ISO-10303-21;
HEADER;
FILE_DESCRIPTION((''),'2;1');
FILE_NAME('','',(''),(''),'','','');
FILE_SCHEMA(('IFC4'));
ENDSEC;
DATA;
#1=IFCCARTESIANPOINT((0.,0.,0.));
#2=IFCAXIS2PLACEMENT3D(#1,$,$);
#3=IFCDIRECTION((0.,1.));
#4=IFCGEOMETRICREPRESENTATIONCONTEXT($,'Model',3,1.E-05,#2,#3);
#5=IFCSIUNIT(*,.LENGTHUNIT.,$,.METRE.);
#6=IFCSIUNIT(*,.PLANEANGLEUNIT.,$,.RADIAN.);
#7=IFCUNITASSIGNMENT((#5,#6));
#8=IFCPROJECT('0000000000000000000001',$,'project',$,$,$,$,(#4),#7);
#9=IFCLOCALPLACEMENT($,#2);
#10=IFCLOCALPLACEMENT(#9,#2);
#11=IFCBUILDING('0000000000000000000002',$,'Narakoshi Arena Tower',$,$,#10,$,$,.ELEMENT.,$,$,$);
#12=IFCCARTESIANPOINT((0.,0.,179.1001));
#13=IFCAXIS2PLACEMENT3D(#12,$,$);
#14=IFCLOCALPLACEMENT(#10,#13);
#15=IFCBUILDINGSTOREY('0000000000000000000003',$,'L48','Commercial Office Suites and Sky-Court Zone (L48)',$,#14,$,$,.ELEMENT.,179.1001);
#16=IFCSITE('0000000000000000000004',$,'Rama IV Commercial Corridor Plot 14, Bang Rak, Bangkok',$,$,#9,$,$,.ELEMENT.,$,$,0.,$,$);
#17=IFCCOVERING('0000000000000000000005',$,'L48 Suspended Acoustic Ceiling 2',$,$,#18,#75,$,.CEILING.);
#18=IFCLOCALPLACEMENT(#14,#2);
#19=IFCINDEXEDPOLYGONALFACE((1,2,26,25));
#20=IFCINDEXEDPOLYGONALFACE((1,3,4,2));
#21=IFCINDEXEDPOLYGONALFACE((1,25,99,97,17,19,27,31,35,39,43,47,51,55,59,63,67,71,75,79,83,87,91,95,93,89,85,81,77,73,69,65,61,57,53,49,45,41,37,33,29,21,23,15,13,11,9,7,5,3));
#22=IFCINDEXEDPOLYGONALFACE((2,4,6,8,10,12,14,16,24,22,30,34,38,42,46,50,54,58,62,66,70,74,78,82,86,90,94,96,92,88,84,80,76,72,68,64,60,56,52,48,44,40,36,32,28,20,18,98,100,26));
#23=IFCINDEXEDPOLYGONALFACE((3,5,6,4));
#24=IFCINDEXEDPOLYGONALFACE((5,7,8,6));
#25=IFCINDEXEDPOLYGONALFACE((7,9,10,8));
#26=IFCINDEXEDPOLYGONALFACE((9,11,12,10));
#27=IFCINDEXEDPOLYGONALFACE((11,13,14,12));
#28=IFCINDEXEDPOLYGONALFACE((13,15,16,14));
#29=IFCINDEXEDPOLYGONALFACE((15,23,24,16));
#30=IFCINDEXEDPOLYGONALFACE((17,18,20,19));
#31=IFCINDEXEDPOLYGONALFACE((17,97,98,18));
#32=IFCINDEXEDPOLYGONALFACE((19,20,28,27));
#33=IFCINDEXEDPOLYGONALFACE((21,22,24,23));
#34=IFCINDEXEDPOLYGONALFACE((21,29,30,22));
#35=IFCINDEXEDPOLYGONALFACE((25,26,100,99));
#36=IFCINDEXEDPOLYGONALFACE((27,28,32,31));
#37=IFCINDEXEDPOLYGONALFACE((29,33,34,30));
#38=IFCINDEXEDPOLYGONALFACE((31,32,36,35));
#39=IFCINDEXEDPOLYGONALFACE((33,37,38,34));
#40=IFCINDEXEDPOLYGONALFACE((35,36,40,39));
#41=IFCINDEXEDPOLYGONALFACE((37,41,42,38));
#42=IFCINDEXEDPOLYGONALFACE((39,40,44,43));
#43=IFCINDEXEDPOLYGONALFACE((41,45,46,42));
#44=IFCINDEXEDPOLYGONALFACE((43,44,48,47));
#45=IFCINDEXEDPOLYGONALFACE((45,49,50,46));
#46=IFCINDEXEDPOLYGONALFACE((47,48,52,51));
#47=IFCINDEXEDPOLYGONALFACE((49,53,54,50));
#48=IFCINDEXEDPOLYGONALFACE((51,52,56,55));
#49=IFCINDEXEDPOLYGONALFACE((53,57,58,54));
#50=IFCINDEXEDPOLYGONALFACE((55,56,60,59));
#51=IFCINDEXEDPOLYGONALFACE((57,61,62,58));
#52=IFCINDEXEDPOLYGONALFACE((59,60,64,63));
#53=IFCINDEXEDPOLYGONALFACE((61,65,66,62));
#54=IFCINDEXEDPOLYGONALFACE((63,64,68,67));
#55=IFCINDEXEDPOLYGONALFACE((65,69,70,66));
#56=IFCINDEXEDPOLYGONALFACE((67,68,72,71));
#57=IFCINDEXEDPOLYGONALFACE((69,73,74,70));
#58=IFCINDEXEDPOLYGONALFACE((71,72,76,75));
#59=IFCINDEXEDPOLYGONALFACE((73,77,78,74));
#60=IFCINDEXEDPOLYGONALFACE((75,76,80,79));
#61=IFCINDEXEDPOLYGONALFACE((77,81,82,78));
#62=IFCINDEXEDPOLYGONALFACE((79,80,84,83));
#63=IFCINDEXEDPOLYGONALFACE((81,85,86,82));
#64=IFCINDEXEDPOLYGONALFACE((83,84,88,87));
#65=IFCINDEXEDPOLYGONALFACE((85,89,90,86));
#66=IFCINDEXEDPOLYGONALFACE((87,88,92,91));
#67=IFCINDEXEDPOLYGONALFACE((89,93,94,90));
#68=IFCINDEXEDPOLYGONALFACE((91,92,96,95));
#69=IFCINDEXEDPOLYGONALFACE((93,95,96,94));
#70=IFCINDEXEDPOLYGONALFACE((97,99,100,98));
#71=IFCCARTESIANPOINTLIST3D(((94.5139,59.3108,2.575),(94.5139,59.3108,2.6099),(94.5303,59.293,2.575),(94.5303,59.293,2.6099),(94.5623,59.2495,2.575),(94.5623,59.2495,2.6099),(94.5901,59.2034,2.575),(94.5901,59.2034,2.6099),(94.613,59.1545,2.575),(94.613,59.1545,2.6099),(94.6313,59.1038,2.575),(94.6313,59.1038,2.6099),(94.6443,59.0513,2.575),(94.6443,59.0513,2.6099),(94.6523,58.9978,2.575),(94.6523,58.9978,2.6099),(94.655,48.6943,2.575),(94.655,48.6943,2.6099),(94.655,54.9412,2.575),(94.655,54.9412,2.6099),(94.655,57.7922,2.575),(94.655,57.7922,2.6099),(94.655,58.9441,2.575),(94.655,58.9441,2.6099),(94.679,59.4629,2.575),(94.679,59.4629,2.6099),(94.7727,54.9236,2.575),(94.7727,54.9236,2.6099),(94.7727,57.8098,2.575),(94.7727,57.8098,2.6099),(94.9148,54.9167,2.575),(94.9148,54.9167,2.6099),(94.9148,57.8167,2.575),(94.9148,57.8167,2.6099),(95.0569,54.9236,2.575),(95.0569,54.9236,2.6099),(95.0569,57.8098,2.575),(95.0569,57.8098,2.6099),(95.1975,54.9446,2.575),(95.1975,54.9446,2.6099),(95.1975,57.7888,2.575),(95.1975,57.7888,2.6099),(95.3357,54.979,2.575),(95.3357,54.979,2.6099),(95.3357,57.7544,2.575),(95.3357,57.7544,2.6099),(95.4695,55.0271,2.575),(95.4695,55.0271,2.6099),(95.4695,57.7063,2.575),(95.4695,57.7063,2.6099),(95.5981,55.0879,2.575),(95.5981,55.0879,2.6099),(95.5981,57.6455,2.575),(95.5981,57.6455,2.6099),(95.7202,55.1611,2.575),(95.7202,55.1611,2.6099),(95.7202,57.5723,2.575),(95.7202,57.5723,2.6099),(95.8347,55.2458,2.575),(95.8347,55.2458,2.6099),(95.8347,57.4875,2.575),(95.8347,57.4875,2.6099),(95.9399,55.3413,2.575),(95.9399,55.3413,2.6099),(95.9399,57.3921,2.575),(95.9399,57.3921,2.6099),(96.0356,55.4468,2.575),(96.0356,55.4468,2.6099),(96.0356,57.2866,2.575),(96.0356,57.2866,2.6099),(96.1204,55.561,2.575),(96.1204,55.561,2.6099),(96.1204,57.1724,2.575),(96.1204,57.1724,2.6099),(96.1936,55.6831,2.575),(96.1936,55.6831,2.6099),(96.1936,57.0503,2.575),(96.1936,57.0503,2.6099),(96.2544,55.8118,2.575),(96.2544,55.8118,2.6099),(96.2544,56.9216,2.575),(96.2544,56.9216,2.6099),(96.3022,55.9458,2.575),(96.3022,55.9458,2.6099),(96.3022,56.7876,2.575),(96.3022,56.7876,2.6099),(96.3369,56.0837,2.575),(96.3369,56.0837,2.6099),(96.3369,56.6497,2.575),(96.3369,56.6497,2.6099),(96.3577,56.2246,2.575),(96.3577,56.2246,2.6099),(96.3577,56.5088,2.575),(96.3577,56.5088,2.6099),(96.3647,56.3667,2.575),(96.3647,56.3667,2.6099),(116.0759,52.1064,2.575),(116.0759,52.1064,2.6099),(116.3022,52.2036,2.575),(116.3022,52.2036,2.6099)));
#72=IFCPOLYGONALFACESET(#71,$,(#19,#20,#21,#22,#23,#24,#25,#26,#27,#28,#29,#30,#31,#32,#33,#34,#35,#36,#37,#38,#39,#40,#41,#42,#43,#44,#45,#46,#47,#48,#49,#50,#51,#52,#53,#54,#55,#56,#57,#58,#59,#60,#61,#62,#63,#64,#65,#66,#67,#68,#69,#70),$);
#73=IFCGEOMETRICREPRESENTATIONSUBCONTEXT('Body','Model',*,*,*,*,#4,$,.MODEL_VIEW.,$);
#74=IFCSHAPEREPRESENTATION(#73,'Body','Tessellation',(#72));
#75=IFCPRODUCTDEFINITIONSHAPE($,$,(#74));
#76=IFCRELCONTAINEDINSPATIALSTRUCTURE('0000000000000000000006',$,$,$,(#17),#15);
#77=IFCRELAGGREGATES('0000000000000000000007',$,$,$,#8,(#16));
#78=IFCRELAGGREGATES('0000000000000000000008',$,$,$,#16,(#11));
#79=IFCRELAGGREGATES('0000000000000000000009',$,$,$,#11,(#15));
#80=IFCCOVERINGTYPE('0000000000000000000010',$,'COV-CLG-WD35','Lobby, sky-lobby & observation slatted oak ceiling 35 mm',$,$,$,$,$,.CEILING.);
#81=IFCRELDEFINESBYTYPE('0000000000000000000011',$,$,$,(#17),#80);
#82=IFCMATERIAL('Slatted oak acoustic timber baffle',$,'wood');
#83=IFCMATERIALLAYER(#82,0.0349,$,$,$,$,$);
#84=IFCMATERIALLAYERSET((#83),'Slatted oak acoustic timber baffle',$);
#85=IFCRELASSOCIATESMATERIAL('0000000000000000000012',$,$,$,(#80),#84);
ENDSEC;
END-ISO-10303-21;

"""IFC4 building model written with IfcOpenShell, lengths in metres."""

from ifc_helpers import new_model, si_unit, direction, frame, origin, place, context, subcontext, project, spatial, polyline, outline, extrude, material, layer, layer_set, type_object, element, save


model = new_model("IFC4")

# Units and contexts
model_context = context("Model", 3, precision=1e-05, world=origin(), true_north=direction((0.0, 1.0)))
body_context = subcontext(model_context, "Body", "Model", "MODEL_VIEW")
ifc_project = project(units=[si_unit("LENGTHUNIT", "METRE"), si_unit("PLANEANGLEUNIT", "RADIAN")], contexts=[model_context])

# Site, building, storey
site_placement = place(None, origin())
site = spatial("IfcSite", under=ifc_project, at=site_placement, Name="Rama IV Commercial Corridor Plot 14, Bang Rak, Bangkok", CompositionType="ELEMENT", RefElevation=0.0)
building_placement = place(site_placement, origin())
building = spatial("IfcBuilding", under=site, at=building_placement, Name="Narakoshi Arena Tower", CompositionType="ELEMENT")
storey_placement = place(building_placement, frame((0.0, 0.0, 179.1001)))
storey = spatial("IfcBuildingStorey", under=building, at=storey_placement, Name="L48", Description="Commercial Office Suites and Sky-Court Zone (L48)", CompositionType="ELEMENT", Elevation=179.1001)

# Covering
ifc_material_1 = material(Name="Slatted oak acoustic timber baffle", Category="wood")
ifc_layer_1 = layer(ifc_material_1, 0.0349)
ifc_layer_set_1 = layer_set([ifc_layer_1], Name="Slatted oak acoustic timber baffle")
covering_type_1 = type_object("IfcCoveringType", Name="COV-CLG-WD35", Description="Lobby, sky-lobby & observation slatted oak ceiling 35 mm", PredefinedType="CEILING", material=ifc_layer_set_1)
covering_1_placement = place(storey_placement, frame((0.0, 0.0, 2.575)))
element("IfcCovering", 1, at=covering_1_placement, inside=storey, type_object=covering_type_1, Name="L48 Suspended Acoustic Ceiling 2", PredefinedType="CEILING", context=body_context, shape_type="SweptSolid", body=[
    extrude(outline(polyline([(94.679, 59.4629), (116.3022, 52.2036), (116.0759, 52.1064), (94.655, 48.6943), (94.655, 54.9412), (94.7727, 54.9236), (94.9148, 54.9167), (95.0569, 54.9236), (95.1975, 54.9446), (95.3357, 54.979), (95.4695, 55.0271), (95.5981, 55.0879), (95.7202, 55.1611), (95.8347, 55.2458), (95.9399, 55.3413), (96.0356, 55.4468), (96.1204, 55.561), (96.1936, 55.6831), (96.2544, 55.8118), (96.3022, 55.9458), (96.3369, 56.0837), (96.3577, 56.2246), (96.3647, 56.3667), (96.3577, 56.5088), (96.3369, 56.6497), (96.3022, 56.7876), (96.2544, 56.9216), (96.1936, 57.0503), (96.1204, 57.1724), (96.0356, 57.2866), (95.9399, 57.3921), (95.8347, 57.4875), (95.7202, 57.5723), (95.5981, 57.6455), (95.4695, 57.7063), (95.3357, 57.7544), (95.1975, 57.7888), (95.0569, 57.8098), (94.9148, 57.8167), (94.7727, 57.8098), (94.655, 57.7922), (94.655, 58.9441), (94.6523, 58.9978), (94.6443, 59.0513), (94.6313, 59.1038), (94.613, 59.1545), (94.5901, 59.2034), (94.5623, 59.2495), (94.5303, 59.293), (94.5139, 59.3108), (94.679, 59.4629)])), origin(), (0.0, 0.0, 1.0), 0.0349),
])

save(model, "model.ifc")
